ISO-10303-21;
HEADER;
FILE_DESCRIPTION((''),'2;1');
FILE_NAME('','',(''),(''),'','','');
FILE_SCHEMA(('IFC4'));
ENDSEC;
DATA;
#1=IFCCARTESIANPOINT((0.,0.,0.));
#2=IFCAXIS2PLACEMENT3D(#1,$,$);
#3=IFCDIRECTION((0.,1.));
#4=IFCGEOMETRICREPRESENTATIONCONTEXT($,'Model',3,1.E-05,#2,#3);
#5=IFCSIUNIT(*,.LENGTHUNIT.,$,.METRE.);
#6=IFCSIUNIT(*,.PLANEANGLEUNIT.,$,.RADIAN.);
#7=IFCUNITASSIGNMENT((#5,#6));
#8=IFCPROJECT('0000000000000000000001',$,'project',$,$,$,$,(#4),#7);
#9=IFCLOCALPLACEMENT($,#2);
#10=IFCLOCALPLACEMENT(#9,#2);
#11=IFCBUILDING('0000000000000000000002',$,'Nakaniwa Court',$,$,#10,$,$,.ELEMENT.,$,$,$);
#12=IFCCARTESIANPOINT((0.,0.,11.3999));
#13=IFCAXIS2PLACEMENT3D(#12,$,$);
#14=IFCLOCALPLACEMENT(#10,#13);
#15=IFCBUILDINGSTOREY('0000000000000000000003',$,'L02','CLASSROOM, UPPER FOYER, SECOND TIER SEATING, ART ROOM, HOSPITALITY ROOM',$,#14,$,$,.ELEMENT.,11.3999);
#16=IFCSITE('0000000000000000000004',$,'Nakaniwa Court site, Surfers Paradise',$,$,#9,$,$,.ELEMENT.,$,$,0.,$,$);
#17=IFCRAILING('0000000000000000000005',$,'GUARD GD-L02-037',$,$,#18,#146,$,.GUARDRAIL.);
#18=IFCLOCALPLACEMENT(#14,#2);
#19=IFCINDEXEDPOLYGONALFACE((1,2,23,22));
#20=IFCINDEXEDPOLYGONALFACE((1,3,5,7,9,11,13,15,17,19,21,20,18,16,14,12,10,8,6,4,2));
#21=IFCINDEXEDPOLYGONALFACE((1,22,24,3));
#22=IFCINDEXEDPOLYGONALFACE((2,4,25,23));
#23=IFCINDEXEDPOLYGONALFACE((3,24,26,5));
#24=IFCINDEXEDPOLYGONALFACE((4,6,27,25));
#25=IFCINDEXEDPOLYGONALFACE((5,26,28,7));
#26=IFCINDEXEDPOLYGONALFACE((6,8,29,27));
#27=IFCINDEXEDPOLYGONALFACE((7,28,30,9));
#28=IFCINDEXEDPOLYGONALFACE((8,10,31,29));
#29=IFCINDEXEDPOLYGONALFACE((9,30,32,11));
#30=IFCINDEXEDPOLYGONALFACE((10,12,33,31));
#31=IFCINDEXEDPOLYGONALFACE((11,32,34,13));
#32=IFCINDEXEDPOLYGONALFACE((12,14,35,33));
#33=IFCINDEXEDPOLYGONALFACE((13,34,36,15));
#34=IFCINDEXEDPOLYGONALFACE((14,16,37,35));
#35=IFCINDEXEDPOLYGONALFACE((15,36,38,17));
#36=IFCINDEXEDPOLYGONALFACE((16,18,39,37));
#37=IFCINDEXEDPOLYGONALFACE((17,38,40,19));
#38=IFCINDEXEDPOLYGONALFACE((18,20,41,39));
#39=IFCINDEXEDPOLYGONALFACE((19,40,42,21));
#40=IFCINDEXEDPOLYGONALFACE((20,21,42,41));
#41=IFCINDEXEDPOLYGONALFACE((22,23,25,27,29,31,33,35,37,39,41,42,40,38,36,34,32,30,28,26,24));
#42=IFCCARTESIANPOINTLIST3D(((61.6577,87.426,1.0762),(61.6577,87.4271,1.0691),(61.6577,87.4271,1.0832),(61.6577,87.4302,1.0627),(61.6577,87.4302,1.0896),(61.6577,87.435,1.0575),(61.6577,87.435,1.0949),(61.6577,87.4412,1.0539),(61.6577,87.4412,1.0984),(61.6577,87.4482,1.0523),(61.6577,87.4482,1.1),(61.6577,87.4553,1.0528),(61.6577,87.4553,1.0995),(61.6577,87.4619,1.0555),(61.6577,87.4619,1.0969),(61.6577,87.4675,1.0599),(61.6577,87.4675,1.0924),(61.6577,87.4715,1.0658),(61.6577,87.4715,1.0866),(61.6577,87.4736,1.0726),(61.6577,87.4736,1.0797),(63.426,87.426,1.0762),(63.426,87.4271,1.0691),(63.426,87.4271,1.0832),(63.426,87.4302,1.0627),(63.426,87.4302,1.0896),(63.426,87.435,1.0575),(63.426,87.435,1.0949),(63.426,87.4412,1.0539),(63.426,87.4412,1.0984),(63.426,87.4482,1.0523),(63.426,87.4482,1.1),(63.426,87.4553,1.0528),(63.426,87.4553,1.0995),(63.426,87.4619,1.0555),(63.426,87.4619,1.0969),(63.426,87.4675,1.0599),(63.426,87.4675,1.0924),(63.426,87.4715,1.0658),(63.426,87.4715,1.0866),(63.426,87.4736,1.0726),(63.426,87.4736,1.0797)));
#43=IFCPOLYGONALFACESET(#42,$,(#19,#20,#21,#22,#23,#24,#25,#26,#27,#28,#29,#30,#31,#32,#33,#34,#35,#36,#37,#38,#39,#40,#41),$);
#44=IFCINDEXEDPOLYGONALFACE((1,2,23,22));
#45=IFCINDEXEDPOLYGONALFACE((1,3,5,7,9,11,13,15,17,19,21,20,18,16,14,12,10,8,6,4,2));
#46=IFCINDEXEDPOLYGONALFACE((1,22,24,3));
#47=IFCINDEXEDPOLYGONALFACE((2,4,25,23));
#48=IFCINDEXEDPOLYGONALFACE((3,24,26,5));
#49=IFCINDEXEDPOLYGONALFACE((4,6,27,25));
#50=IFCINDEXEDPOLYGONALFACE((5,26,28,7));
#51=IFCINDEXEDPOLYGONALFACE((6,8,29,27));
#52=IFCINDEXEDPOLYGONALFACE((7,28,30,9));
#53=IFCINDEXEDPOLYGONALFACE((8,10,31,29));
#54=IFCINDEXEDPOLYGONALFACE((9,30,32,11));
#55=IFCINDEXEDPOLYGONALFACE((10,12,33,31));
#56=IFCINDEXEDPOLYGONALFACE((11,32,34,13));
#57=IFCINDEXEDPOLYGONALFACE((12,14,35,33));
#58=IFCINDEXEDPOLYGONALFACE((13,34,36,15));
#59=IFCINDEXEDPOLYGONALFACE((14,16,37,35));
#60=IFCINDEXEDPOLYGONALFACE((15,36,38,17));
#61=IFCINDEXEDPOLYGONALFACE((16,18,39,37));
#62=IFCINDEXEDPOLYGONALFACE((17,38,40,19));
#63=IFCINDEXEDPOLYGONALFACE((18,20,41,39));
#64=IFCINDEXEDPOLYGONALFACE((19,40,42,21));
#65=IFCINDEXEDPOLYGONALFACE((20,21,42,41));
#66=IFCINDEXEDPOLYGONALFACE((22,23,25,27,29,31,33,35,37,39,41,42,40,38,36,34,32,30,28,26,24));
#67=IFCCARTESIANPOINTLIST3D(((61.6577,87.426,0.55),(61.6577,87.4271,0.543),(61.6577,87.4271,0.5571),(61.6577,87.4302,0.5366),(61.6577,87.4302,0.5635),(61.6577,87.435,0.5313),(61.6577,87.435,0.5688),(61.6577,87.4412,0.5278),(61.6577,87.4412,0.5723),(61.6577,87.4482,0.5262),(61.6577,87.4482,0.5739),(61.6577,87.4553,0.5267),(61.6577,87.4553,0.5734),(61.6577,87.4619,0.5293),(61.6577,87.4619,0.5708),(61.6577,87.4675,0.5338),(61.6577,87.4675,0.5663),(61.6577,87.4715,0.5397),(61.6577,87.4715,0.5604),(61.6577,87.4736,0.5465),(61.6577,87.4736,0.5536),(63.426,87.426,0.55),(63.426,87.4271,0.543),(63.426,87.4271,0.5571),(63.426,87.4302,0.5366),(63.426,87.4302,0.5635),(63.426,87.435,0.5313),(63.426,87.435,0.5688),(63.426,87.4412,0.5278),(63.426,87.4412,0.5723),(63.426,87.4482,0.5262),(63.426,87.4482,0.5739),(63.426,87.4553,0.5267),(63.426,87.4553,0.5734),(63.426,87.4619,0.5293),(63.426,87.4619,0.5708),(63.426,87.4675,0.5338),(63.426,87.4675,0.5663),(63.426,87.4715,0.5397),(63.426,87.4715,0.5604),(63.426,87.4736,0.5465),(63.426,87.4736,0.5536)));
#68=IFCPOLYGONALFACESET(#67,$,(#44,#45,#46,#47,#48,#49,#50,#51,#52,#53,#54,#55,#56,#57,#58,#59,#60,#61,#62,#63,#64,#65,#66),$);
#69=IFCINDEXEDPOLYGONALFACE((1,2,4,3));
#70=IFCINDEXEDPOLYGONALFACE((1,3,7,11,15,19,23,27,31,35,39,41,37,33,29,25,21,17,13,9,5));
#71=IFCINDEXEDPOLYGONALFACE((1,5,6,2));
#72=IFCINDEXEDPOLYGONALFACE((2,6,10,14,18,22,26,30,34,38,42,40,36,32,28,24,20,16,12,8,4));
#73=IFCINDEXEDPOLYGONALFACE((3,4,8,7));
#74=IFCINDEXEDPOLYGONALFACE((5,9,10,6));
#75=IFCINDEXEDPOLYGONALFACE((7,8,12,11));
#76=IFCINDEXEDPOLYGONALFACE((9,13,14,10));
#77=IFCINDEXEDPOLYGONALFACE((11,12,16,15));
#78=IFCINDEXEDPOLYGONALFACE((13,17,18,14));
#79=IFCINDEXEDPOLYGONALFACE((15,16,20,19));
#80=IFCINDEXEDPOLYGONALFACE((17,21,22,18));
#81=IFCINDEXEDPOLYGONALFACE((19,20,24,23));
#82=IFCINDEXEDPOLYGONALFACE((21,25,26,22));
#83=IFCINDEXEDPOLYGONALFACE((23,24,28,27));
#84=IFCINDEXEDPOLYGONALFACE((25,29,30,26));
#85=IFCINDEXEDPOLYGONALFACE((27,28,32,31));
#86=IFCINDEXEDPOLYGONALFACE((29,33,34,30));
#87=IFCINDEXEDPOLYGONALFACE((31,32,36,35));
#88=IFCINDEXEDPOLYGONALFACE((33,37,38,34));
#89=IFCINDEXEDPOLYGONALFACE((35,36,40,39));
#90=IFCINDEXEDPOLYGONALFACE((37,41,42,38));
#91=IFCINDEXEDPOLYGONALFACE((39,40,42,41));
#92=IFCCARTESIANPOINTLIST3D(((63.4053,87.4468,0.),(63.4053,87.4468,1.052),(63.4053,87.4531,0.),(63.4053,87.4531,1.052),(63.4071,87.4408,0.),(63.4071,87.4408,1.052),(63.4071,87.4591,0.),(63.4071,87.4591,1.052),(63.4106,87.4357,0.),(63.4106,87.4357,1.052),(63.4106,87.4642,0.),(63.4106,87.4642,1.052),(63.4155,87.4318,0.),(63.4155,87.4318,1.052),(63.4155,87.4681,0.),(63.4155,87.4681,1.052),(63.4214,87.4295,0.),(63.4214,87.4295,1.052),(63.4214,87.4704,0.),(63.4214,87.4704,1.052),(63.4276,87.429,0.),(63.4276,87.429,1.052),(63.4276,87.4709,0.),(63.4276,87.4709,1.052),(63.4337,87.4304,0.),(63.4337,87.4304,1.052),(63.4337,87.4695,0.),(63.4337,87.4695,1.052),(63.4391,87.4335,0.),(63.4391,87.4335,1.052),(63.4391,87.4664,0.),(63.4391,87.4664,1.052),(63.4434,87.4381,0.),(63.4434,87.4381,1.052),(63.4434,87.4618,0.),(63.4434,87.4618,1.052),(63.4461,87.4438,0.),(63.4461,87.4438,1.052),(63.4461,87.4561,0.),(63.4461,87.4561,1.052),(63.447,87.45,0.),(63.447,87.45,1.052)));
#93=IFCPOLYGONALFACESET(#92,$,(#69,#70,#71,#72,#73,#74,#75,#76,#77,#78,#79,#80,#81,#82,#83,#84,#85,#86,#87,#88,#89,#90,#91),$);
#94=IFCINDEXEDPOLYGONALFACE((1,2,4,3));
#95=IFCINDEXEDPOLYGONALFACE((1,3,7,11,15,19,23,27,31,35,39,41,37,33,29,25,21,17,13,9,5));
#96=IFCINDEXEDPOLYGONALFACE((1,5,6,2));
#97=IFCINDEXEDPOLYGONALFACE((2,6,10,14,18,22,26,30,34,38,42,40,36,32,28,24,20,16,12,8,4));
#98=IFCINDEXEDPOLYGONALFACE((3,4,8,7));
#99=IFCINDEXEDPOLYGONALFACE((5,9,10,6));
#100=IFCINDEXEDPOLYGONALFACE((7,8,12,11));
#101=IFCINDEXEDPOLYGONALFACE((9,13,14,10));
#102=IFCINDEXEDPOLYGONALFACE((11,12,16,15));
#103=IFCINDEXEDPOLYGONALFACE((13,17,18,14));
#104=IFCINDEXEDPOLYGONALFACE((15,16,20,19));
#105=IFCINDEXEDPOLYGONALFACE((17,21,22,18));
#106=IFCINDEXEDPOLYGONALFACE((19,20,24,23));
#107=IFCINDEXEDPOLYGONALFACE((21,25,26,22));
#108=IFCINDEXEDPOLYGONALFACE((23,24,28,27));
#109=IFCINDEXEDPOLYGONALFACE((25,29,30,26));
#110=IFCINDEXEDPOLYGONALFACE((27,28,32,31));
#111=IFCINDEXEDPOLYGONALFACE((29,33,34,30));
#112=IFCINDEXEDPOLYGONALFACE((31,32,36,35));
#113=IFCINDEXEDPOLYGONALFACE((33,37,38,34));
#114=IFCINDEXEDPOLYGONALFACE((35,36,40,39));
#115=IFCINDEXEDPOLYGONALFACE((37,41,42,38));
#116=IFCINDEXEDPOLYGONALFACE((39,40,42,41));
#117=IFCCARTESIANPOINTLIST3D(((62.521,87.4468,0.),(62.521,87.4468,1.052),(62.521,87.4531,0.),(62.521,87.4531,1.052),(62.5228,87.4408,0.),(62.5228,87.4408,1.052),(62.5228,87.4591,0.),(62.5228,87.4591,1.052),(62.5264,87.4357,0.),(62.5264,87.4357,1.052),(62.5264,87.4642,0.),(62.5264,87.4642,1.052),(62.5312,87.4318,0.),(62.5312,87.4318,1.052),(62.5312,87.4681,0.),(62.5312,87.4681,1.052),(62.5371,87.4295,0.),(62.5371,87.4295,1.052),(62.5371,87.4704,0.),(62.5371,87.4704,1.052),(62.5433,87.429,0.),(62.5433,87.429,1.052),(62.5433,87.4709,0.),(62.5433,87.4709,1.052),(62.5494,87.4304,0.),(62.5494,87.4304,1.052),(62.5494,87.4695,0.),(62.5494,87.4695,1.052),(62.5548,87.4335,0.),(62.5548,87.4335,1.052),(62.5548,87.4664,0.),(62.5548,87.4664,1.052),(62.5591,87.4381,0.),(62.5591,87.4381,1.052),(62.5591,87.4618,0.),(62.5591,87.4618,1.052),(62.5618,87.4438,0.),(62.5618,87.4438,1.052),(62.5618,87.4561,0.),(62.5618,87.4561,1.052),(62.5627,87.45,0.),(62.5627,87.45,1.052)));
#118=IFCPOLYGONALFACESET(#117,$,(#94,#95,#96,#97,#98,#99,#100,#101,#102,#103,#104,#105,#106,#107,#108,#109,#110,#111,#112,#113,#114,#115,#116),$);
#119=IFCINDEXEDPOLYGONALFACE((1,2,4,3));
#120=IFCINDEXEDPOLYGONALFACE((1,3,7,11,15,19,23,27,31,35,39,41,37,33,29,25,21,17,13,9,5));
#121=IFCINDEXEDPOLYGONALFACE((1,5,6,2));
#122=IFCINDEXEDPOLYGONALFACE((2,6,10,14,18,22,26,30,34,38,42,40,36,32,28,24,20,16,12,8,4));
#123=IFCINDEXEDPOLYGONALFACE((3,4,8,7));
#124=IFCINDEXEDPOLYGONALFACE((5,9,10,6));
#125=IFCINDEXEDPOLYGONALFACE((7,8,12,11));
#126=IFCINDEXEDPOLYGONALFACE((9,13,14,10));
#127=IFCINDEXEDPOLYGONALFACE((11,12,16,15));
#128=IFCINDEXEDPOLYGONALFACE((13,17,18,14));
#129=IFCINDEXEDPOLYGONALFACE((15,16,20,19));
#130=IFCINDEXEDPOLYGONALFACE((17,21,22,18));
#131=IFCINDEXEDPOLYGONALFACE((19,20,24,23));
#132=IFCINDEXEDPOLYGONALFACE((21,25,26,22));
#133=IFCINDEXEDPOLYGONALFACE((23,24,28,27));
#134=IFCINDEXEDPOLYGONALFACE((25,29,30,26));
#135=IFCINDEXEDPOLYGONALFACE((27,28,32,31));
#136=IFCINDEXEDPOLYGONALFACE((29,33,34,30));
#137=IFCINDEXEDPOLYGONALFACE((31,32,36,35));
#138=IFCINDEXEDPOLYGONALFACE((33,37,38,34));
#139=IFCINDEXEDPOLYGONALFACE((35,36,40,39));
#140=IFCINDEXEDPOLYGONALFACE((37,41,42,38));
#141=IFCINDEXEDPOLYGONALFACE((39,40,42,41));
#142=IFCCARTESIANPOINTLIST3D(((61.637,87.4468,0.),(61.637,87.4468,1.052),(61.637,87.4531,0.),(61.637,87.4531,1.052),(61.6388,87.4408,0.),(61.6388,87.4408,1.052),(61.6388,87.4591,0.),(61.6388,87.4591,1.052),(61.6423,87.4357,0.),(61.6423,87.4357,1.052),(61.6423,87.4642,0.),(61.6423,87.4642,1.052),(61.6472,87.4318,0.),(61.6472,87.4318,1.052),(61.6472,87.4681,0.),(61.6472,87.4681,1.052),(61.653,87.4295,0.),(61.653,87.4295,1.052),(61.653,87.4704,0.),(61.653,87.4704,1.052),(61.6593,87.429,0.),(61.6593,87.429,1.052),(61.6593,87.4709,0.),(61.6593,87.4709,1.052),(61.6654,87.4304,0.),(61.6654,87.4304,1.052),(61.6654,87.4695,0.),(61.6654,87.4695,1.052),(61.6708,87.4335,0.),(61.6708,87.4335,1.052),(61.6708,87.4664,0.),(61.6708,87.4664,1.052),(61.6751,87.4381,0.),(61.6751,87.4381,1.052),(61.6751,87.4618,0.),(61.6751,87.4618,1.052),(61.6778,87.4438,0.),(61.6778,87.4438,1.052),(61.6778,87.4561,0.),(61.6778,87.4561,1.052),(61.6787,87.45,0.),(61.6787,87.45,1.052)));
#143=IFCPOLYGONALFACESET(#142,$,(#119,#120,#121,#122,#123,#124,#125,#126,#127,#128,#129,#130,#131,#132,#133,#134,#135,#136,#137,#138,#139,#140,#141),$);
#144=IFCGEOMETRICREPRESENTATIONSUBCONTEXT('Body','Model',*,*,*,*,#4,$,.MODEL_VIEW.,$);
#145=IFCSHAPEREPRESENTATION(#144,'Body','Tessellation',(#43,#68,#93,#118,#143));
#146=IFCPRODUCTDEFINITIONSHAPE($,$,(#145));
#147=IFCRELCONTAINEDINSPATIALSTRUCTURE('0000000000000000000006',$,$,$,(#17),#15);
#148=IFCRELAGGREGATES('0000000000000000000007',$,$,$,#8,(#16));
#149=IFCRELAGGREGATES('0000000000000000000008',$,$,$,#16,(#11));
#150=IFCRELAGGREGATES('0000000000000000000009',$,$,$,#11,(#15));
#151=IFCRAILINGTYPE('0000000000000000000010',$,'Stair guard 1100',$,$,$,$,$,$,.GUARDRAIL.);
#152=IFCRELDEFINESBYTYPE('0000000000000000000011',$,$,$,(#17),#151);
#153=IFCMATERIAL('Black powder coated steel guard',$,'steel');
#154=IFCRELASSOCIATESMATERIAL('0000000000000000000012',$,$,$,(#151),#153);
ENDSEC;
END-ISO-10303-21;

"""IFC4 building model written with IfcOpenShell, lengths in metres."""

from ifc_helpers import new_model, si_unit, direction, frame, origin, origin_2d, place, context, subcontext, project, spatial, circle, extrude, material, type_object, element, save


model = new_model("IFC4")

# Units and contexts
model_context = context("Model", 3, precision=1e-05, world=origin(), true_north=direction((0.0, 1.0)))
body_context = subcontext(model_context, "Body", "Model", "MODEL_VIEW")
ifc_project = project(units=[si_unit("LENGTHUNIT", "METRE"), si_unit("PLANEANGLEUNIT", "RADIAN")], contexts=[model_context])

# Site, building, storey
site_placement = place(None, origin())
site = spatial("IfcSite", under=ifc_project, at=site_placement, Name="Nakaniwa Court site, Surfers Paradise", CompositionType="ELEMENT", RefElevation=0.0)
building_placement = place(site_placement, origin())
building = spatial("IfcBuilding", under=site, at=building_placement, Name="Nakaniwa Court", CompositionType="ELEMENT")
storey_placement = place(building_placement, frame((0.0, 0.0, 11.3999)))
storey = spatial("IfcBuildingStorey", under=building, at=storey_placement, Name="L02", Description="CLASSROOM, UPPER FOYER, SECOND TIER SEATING, ART ROOM, HOSPITALITY ROOM", CompositionType="ELEMENT", Elevation=11.3999)

# Railing
ifc_material_1 = material(Name="Black powder coated steel guard", Category="steel")
railing_type = type_object("IfcRailingType", Name="Stair guard 1100", PredefinedType="GUARDRAIL", material=ifc_material_1)
railing_1_placement = place(storey_placement, frame((63.426, 87.45, 0.0)))
element("IfcRailing", 1, at=railing_1_placement, inside=storey, type_object=railing_type, Name="GUARD GD-L02-037", PredefinedType="GUARDRAIL", context=body_context, shape_type="SweptSolid", body=[
    extrude(circle(Radius=0.0239, at=origin_2d()), frame((0.0, 0.0, 1.0762), z_axis=(-1.0, 0.0, 0.0), x_axis=(0.0, -1.0, 0.0)), (0.0, 0.0, 1.0), 1.7683),
    extrude(circle(Radius=0.0239, at=origin_2d()), frame((0.0, 0.0, 0.55), z_axis=(-1.0, 0.0, 0.0), x_axis=(0.0, -1.0, 0.0)), (0.0, 0.0, 1.0), 1.7683),
    extrude(circle(Radius=0.021, at=origin_2d()), origin(), (0.0, 0.0, 1.0), 1.052),
    extrude(circle(Radius=0.021, at=origin_2d()), frame((-0.8843, 0.0, 0.0)), (0.0, 0.0, 1.0), 1.052),
    extrude(circle(Radius=0.021, at=origin_2d()), frame((-1.7683, 0.0, 0.0)), (0.0, 0.0, 1.0), 1.052),
])

save(model, "model.ifc")
